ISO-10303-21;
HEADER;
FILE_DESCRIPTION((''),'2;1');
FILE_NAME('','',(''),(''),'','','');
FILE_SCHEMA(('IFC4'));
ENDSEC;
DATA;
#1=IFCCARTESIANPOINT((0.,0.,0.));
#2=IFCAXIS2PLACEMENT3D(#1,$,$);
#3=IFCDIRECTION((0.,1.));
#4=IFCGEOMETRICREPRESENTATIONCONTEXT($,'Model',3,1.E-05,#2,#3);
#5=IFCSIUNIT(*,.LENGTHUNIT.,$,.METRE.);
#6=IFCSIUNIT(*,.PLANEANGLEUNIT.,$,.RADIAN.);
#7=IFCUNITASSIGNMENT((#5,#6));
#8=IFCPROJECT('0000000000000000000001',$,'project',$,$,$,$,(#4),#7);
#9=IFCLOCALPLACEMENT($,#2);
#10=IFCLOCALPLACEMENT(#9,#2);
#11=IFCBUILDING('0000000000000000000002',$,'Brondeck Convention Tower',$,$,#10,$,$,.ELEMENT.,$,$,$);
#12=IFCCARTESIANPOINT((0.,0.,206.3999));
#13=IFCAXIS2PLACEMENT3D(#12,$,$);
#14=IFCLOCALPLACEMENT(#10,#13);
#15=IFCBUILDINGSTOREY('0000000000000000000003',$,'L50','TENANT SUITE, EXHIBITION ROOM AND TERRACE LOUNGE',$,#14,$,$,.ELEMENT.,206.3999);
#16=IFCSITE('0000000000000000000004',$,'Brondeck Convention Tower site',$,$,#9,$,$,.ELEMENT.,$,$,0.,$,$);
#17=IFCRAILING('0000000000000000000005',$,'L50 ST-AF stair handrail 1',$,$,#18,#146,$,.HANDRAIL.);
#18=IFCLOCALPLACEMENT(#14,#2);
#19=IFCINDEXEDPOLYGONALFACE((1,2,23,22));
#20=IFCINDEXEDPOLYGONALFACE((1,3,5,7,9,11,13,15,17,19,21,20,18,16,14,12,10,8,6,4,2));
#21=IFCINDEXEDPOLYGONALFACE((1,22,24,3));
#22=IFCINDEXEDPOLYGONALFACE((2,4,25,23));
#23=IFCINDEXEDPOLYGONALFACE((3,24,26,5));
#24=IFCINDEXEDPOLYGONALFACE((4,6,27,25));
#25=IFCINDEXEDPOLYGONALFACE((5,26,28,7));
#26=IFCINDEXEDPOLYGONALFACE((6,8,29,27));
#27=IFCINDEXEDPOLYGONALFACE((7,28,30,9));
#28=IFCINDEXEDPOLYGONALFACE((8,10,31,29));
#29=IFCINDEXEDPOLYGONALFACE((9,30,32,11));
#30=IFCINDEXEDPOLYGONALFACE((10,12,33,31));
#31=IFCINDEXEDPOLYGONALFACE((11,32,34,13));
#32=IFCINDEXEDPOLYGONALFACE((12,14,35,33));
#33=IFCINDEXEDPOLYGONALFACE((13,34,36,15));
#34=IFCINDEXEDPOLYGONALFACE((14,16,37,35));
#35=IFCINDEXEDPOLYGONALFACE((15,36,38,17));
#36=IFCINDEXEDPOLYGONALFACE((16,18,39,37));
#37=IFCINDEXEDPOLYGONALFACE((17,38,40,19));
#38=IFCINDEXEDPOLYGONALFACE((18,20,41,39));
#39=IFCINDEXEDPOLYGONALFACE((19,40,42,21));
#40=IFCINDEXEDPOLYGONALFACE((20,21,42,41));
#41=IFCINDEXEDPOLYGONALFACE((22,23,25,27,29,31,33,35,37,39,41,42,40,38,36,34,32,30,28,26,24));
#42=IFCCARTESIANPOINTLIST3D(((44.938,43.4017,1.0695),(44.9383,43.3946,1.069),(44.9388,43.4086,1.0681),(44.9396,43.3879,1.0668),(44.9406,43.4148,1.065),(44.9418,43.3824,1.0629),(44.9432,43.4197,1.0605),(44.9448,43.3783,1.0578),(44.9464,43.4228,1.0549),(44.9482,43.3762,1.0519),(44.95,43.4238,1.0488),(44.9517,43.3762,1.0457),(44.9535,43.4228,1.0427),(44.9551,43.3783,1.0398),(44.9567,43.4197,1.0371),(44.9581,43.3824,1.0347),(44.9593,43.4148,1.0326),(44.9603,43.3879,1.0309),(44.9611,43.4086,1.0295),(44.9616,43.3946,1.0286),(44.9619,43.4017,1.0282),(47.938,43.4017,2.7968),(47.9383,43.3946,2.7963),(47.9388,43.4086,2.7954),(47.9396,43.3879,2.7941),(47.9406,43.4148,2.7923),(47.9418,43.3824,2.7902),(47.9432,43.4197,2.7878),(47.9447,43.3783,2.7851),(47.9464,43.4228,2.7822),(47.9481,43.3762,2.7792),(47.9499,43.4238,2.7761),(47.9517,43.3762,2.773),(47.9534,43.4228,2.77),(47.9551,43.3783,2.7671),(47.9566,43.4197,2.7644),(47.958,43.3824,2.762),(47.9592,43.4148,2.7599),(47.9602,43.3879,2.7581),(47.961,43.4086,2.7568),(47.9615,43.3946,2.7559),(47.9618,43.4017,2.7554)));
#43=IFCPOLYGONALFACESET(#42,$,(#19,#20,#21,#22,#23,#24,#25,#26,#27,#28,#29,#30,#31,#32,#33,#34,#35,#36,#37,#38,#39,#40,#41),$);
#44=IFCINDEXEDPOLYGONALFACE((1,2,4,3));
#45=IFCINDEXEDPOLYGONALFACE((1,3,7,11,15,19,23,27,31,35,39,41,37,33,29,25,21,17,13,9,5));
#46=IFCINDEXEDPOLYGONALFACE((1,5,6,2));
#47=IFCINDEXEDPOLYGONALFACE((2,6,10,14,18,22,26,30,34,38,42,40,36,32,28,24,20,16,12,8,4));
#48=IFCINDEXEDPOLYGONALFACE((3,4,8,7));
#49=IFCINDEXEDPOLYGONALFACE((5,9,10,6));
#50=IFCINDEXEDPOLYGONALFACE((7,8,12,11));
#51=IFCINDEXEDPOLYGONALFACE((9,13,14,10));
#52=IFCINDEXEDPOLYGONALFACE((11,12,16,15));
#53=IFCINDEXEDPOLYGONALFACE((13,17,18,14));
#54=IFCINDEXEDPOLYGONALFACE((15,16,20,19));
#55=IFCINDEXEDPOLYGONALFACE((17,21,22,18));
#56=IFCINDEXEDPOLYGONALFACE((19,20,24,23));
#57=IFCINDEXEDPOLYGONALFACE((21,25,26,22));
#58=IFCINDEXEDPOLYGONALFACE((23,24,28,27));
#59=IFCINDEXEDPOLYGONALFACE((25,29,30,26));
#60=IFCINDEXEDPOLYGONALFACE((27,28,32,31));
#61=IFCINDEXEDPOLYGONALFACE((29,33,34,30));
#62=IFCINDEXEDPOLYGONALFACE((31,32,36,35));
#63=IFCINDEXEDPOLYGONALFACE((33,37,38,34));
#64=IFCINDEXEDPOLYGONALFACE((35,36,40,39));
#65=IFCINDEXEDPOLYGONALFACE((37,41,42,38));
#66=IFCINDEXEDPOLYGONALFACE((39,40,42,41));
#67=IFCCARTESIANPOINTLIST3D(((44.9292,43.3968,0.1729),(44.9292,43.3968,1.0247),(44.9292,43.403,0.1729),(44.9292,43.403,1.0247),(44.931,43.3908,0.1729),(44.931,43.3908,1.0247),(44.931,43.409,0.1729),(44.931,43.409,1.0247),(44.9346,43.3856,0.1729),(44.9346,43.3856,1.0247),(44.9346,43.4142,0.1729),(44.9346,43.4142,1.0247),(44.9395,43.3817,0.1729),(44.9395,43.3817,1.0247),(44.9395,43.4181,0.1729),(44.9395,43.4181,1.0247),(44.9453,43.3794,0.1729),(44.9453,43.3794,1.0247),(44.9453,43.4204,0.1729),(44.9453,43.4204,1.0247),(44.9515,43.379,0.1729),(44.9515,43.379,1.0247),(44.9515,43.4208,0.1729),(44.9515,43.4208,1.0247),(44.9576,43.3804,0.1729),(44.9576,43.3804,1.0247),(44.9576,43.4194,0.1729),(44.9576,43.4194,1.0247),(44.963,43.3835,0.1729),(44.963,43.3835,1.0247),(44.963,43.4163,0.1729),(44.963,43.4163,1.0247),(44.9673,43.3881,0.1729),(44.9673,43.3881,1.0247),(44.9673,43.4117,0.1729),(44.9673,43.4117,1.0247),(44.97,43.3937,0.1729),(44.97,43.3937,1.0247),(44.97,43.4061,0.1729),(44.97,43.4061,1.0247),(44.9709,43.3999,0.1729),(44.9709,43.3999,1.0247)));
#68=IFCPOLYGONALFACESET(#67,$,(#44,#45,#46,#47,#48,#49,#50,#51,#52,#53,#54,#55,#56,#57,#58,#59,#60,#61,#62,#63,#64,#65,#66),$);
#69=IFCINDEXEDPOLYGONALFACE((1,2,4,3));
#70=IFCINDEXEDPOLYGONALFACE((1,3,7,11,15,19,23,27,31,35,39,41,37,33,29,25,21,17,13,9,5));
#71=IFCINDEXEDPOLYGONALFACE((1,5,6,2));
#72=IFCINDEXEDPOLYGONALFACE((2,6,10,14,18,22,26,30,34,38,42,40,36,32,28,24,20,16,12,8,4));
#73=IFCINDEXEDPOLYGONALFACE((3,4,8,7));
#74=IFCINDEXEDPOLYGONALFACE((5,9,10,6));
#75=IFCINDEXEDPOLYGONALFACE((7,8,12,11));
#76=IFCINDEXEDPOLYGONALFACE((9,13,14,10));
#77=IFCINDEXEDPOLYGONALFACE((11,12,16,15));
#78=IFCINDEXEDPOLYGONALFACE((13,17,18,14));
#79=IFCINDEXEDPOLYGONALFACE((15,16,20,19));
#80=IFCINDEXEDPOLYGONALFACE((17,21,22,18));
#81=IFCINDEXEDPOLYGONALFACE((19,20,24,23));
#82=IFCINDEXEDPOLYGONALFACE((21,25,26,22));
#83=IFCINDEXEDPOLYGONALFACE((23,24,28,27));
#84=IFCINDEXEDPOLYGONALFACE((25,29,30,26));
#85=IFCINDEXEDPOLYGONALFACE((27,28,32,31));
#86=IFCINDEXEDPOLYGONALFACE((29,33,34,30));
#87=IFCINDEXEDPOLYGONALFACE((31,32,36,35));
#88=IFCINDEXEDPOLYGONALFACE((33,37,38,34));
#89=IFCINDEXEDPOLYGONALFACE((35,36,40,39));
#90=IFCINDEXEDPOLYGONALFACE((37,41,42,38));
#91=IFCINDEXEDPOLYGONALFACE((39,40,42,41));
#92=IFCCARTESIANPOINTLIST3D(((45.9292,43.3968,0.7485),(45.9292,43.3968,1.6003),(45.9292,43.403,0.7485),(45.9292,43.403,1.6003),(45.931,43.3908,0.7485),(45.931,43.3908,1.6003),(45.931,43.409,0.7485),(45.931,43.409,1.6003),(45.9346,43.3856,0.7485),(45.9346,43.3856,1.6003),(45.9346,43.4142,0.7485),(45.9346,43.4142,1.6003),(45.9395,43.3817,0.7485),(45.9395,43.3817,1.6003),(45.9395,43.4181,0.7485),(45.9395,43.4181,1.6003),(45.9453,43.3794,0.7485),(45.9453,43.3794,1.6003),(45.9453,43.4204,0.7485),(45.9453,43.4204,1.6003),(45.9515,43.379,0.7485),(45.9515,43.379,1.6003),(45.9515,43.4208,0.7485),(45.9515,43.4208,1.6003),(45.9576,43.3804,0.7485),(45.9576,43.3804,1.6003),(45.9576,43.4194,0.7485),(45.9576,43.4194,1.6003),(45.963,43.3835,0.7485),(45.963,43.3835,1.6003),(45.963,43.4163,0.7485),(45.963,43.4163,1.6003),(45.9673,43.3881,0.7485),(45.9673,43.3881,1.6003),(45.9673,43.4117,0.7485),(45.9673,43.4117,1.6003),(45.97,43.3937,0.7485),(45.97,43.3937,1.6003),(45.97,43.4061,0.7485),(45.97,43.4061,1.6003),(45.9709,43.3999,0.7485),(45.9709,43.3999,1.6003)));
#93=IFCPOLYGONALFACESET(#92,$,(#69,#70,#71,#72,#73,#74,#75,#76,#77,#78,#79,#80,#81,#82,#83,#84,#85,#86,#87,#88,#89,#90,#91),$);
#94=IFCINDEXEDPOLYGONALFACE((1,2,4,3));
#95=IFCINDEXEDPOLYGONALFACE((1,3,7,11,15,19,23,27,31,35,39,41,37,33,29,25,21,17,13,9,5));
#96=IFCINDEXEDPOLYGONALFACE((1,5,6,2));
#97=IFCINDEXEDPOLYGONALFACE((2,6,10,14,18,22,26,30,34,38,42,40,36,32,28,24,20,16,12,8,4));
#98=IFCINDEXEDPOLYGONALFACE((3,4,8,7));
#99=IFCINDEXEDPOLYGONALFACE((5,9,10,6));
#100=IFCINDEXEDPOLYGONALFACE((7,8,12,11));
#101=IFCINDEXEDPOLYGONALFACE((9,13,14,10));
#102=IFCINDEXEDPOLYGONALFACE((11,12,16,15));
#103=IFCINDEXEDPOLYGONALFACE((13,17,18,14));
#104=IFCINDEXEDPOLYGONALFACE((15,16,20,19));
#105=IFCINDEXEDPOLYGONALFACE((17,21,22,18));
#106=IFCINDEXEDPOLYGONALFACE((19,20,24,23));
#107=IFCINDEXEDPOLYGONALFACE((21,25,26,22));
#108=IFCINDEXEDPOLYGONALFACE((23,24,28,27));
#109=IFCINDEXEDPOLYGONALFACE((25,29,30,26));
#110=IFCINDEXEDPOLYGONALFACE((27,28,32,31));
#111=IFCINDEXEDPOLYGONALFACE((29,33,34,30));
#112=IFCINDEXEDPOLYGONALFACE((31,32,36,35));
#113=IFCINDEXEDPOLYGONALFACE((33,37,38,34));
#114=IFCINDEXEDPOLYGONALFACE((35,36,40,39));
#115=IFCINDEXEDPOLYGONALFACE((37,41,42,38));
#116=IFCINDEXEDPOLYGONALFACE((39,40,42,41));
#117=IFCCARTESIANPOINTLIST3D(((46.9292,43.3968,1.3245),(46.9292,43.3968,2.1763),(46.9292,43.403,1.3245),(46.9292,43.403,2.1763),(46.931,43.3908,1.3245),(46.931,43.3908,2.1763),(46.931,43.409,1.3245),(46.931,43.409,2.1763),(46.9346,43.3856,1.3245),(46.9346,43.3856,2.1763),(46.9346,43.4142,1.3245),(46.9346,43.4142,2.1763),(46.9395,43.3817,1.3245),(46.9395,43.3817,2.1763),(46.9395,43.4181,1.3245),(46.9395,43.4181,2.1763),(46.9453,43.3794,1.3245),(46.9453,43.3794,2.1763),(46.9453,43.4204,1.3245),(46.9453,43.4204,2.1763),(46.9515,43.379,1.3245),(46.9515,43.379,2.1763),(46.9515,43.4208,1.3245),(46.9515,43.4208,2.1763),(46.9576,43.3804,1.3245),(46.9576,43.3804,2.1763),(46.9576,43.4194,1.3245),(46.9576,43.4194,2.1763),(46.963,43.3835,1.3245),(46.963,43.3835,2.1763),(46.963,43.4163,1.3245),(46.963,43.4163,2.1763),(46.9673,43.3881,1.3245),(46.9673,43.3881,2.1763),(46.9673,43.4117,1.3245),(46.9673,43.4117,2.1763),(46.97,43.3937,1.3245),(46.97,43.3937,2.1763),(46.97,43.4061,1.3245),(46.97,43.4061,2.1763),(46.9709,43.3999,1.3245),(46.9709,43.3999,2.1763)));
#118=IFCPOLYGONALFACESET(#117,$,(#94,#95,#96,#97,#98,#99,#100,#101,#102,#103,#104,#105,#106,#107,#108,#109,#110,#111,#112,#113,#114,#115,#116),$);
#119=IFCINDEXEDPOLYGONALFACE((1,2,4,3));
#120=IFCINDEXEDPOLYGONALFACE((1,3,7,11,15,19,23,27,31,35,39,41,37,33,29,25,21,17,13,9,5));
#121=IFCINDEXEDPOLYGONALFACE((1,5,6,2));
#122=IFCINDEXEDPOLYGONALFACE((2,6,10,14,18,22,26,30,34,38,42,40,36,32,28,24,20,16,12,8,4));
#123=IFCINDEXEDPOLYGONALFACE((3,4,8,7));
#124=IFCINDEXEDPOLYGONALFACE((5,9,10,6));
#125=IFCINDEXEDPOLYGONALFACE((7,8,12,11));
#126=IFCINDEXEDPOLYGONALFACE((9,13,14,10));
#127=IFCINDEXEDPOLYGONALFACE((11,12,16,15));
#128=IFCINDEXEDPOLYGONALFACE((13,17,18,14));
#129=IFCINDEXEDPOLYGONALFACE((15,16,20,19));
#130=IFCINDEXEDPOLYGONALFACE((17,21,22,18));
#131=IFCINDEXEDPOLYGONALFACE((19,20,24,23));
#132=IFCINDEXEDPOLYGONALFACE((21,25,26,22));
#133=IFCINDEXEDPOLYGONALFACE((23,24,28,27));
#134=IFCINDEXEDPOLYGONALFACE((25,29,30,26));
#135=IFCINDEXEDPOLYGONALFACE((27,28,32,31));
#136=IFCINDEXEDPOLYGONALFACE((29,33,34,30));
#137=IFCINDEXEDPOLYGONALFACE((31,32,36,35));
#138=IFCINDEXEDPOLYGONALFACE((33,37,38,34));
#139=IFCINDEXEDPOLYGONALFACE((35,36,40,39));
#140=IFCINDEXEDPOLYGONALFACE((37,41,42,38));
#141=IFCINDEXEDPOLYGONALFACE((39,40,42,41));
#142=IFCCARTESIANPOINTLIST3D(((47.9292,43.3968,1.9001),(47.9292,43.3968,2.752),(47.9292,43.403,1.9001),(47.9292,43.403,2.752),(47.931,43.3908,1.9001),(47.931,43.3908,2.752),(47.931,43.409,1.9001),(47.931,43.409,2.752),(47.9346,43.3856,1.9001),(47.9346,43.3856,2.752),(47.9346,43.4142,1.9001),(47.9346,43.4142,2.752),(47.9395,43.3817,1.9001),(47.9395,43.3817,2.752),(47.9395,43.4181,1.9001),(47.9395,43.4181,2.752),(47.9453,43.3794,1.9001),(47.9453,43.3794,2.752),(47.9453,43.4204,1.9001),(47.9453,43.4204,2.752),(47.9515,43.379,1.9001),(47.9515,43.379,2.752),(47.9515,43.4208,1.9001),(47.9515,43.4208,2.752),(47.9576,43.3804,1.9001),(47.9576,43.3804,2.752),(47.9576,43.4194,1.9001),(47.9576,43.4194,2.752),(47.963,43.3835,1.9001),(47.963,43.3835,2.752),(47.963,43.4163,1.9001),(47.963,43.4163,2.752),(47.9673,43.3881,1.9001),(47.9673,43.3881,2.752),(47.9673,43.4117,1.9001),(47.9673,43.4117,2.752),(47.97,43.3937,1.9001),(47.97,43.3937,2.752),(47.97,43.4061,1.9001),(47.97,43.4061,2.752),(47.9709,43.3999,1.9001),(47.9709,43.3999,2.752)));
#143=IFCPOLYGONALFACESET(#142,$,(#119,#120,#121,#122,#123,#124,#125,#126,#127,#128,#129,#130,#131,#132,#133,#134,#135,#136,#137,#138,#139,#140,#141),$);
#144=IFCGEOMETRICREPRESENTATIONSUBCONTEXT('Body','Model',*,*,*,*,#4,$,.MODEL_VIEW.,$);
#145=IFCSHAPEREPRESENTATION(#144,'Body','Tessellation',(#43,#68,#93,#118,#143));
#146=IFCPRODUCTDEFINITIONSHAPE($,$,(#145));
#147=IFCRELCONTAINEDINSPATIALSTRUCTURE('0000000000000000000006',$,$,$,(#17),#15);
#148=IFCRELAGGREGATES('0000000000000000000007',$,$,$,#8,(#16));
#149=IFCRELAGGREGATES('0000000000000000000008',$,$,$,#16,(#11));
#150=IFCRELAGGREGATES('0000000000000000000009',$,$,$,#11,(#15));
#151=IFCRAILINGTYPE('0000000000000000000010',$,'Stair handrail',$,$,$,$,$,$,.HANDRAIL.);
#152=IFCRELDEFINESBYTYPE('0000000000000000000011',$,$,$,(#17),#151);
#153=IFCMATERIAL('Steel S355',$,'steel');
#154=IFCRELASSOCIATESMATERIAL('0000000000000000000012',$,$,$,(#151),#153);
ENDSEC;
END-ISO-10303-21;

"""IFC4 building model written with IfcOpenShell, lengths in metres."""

from ifc_helpers import new_model, si_unit, direction, frame, origin, origin_2d, place, context, subcontext, project, spatial, circle, extrude, material, type_object, element, save


model = new_model("IFC4")

# Units and contexts
model_context = context("Model", 3, precision=1e-05, world=origin(), true_north=direction((0.0, 1.0)))
body_context = subcontext(model_context, "Body", "Model", "MODEL_VIEW")
ifc_project = project(units=[si_unit("LENGTHUNIT", "METRE"), si_unit("PLANEANGLEUNIT", "RADIAN")], contexts=[model_context])

# Site, building, storey
site_placement = place(None, origin())
site = spatial("IfcSite", under=ifc_project, at=site_placement, Name="Brondeck Convention Tower site", CompositionType="ELEMENT", RefElevation=0.0)
building_placement = place(site_placement, origin())
building = spatial("IfcBuilding", under=site, at=building_placement, Name="Brondeck Convention Tower", CompositionType="ELEMENT")
storey_placement = place(building_placement, frame((0.0, 0.0, 206.3999)))
storey = spatial("IfcBuildingStorey", under=building, at=storey_placement, Name="L50", Description="TENANT SUITE, EXHIBITION ROOM AND TERRACE LOUNGE", CompositionType="ELEMENT", Elevation=206.3999)

# Shared definitions
ifc_material_1 = material(Name="Steel S355", Category="steel")

# Railing
railing_type_1 = type_object("IfcRailingType", Name="Stair handrail", PredefinedType="HANDRAIL", material=ifc_material_1)
railing_1_placement = place(storey_placement, frame((44.95, 43.3999, 0.1729)))
element("IfcRailing", 1, at=railing_1_placement, inside=storey, type_object=railing_type_1, Name="L50 ST-AF stair handrail 1", PredefinedType="HANDRAIL", context=body_context, shape_type="SweptSolid", body=[
    extrude(circle(Radius=0.0239, at=origin_2d()), frame((0.0, 0.0, 0.876), z_axis=(0.86662, 0.0, 0.498969), x_axis=(0.0, 1.0, 0.0)), (0.0, 0.0, 1.0), 3.4617),
    extrude(circle(Radius=0.021, at=origin_2d()), origin(), (0.0, 0.0, 1.0), 0.8518),
    extrude(circle(Radius=0.021, at=origin_2d()), frame((1.0, 0.0, 0.5757)), (0.0, 0.0, 1.0), 0.8518),
    extrude(circle(Radius=0.021, at=origin_2d()), frame((2.0, 0.0, 1.1516)), (0.0, 0.0, 1.0), 0.8518),
    extrude(circle(Radius=0.021, at=origin_2d()), frame((3.0, 0.0, 1.7273)), (0.0, 0.0, 1.0), 0.8518),
])

save(model, "model.ifc")
